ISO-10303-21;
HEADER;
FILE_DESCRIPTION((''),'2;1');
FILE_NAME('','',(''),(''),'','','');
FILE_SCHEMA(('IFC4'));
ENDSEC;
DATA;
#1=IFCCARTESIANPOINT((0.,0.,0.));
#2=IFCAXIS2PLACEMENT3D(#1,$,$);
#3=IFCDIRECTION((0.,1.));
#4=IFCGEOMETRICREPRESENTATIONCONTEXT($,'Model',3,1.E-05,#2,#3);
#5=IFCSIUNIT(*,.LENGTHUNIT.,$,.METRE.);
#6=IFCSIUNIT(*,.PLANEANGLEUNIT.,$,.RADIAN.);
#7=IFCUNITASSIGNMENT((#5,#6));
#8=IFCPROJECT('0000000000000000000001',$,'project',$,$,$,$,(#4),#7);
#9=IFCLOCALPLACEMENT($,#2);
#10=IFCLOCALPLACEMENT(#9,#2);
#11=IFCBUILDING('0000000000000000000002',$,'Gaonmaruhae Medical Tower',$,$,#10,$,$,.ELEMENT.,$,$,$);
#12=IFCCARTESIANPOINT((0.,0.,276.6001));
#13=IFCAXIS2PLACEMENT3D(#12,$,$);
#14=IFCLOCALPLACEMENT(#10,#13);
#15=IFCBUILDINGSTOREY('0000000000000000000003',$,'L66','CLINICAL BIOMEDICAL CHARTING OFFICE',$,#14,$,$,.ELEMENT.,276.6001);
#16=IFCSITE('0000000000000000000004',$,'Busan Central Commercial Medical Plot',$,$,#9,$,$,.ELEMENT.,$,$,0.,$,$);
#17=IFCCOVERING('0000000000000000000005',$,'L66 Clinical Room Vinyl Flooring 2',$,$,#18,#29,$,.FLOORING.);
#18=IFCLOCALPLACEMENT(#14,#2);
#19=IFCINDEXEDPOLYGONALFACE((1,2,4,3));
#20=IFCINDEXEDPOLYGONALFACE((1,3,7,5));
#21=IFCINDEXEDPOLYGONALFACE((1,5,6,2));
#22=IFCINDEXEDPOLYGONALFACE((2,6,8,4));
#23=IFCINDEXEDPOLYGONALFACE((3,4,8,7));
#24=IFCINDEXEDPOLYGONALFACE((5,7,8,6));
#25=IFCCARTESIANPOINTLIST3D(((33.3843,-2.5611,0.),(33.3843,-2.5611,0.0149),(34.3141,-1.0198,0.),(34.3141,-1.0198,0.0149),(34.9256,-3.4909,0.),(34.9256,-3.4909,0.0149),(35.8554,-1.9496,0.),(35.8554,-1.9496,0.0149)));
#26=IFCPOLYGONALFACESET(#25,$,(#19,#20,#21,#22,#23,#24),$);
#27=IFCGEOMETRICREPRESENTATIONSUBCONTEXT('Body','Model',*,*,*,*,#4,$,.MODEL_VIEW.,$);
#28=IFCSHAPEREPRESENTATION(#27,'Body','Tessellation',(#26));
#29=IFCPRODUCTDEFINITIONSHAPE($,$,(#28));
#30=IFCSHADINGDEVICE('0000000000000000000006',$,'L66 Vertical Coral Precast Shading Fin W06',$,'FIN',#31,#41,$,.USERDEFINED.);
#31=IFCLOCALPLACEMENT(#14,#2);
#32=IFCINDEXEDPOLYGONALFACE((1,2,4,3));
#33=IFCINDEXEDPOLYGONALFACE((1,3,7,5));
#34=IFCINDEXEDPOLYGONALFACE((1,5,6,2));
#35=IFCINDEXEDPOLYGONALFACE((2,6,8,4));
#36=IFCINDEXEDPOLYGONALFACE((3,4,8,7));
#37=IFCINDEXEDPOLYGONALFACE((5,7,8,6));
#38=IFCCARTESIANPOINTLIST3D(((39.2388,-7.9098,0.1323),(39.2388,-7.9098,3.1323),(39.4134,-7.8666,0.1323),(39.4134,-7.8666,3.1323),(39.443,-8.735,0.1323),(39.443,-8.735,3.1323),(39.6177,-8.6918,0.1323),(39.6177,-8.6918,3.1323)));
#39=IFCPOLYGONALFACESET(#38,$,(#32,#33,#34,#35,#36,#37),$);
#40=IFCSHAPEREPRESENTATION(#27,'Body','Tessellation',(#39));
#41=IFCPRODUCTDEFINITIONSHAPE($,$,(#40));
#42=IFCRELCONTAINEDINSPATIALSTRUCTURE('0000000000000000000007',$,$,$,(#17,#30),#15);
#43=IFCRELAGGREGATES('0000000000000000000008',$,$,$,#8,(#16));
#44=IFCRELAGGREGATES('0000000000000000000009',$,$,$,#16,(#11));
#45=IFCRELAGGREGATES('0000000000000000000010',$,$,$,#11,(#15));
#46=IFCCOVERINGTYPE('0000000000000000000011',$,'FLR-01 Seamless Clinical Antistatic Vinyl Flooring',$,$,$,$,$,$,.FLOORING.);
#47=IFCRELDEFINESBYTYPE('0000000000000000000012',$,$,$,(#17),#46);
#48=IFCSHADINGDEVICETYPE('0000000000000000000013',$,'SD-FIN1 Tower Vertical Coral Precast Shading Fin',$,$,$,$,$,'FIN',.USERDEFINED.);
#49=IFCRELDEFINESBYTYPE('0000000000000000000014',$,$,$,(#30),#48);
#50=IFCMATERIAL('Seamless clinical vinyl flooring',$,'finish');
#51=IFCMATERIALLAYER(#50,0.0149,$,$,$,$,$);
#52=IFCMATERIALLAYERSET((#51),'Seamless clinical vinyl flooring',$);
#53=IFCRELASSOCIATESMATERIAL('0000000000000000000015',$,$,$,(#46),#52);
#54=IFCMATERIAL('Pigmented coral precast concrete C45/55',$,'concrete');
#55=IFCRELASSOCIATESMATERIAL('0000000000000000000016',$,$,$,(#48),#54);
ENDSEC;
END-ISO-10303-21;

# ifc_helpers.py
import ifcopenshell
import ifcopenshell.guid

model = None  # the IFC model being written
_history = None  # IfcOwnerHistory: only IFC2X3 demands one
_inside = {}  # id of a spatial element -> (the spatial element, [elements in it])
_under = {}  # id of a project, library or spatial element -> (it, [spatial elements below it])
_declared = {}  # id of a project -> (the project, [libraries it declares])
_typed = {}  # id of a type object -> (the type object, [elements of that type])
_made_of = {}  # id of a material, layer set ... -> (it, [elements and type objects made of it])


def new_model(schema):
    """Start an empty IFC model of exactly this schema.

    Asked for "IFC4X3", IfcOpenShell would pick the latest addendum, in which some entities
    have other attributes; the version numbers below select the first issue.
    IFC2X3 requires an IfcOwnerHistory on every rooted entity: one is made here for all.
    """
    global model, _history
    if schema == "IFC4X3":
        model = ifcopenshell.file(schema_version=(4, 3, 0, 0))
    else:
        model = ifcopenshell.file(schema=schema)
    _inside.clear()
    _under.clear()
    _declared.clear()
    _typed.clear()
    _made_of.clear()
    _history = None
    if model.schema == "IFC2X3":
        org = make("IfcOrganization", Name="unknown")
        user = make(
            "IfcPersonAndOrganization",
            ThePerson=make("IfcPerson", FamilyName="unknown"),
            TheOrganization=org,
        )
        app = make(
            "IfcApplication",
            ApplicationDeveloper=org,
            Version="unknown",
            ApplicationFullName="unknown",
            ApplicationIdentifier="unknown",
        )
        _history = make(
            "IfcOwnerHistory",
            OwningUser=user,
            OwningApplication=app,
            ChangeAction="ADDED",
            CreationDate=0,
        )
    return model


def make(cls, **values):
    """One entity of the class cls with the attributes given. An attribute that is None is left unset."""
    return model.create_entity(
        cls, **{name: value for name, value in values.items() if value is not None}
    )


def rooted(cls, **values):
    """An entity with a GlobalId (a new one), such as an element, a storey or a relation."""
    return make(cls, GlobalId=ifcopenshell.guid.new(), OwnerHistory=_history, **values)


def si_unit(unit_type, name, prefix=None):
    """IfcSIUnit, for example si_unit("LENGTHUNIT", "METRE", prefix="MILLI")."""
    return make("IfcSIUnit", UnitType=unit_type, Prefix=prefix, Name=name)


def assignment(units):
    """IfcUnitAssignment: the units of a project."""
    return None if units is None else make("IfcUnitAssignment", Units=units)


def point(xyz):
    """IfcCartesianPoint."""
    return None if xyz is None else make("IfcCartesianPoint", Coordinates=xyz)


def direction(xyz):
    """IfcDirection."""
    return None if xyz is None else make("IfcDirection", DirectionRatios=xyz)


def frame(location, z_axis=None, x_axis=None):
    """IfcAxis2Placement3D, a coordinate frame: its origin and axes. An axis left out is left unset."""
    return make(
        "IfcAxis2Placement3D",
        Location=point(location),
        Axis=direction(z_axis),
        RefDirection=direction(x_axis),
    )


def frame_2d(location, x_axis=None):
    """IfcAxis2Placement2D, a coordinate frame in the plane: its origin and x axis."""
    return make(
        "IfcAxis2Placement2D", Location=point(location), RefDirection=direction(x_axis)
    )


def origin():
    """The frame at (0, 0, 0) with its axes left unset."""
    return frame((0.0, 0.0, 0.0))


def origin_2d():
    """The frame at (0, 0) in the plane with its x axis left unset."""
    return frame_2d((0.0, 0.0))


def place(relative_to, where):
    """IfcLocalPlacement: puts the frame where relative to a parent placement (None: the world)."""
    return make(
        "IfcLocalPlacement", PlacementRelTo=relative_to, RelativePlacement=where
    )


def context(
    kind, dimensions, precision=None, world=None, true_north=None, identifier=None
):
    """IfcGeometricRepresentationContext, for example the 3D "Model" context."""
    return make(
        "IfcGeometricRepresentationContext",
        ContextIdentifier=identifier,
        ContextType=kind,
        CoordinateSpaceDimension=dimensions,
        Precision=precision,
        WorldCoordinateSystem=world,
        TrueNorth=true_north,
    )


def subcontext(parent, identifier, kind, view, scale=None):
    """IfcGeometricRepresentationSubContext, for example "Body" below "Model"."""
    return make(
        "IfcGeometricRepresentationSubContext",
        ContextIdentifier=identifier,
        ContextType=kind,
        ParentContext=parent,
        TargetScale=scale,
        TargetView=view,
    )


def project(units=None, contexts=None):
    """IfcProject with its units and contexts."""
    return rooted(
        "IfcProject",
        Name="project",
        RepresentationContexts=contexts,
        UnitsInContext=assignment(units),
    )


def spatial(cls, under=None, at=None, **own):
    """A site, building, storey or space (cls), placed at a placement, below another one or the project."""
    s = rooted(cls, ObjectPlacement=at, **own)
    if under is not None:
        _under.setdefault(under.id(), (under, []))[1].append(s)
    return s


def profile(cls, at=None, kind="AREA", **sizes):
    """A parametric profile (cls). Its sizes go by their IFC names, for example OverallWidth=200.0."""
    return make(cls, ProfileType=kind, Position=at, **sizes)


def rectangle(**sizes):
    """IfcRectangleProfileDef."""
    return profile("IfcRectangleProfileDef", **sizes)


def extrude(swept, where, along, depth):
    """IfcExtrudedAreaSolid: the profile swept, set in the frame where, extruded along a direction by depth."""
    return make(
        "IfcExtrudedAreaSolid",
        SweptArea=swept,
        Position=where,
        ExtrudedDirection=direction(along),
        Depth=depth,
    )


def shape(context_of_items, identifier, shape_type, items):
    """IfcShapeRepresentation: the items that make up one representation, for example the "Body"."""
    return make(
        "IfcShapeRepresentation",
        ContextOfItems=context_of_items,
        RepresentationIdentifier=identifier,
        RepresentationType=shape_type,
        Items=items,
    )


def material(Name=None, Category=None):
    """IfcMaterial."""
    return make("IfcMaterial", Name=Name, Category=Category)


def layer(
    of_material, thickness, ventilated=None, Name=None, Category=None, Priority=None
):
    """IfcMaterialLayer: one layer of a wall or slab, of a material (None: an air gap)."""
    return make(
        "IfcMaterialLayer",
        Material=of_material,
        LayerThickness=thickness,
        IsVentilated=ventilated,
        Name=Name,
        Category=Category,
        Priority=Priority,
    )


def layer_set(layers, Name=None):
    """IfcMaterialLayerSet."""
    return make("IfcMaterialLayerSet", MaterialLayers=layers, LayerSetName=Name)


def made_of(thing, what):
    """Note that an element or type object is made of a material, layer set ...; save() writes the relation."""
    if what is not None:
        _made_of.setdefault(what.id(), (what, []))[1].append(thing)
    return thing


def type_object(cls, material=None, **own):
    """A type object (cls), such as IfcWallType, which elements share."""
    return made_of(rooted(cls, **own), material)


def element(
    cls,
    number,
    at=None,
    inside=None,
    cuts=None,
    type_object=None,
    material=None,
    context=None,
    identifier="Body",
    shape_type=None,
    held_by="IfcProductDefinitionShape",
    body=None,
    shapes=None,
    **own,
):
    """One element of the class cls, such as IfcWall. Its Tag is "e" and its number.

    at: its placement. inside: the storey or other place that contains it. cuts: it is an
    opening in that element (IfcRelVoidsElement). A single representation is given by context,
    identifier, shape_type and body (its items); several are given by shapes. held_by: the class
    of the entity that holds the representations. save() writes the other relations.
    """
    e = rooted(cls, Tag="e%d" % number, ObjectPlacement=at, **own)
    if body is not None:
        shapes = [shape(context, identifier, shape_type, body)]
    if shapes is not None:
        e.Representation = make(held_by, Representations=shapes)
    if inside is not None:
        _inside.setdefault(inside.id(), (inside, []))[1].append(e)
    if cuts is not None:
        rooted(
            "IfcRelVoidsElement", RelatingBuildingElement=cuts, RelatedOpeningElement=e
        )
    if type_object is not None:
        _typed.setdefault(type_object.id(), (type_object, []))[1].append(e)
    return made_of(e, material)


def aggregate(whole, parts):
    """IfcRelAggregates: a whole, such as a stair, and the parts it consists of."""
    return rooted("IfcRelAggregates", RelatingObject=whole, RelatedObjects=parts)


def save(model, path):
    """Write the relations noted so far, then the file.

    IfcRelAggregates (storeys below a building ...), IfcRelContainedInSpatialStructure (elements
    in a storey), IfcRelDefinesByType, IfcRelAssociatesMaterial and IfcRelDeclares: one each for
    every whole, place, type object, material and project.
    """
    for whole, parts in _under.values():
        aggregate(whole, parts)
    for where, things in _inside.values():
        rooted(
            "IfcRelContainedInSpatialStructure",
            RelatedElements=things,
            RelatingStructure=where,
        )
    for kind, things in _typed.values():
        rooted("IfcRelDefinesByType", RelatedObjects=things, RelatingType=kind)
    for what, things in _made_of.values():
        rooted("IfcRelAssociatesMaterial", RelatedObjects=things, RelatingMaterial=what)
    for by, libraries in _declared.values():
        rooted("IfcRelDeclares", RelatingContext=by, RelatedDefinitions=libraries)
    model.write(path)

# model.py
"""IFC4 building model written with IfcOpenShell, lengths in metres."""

from ifc_helpers import new_model, si_unit, direction, frame, origin, origin_2d, place, context, subcontext, project, spatial, rectangle, extrude, material, layer, layer_set, type_object, element, save


model = new_model("IFC4")

# Units and contexts
model_context = context("Model", 3, precision=1e-05, world=origin(), true_north=direction((0.0, 1.0)))
body_context = subcontext(model_context, "Body", "Model", "MODEL_VIEW")
ifc_project = project(units=[si_unit("LENGTHUNIT", "METRE"), si_unit("PLANEANGLEUNIT", "RADIAN")], contexts=[model_context])

# Site, building, storey
site_placement = place(None, origin())
site = spatial("IfcSite", under=ifc_project, at=site_placement, Name="Busan Central Commercial Medical Plot", CompositionType="ELEMENT", RefElevation=0.0)
building_placement = place(site_placement, origin())
building = spatial("IfcBuilding", under=site, at=building_placement, Name="Gaonmaruhae Medical Tower", CompositionType="ELEMENT")
storey_placement = place(building_placement, frame((0.0, 0.0, 276.6001)))
storey = spatial("IfcBuildingStorey", under=building, at=storey_placement, Name="L66", Description="CLINICAL BIOMEDICAL CHARTING OFFICE", CompositionType="ELEMENT", Elevation=276.6001)

# Covering
ifc_material_1 = material(Name="Seamless clinical vinyl flooring", Category="finish")
ifc_layer_1 = layer(ifc_material_1, 0.0149)
ifc_layer_set_1 = layer_set([ifc_layer_1], Name="Seamless clinical vinyl flooring")
covering_type_1 = type_object("IfcCoveringType", Name="FLR-01 Seamless Clinical Antistatic Vinyl Flooring", PredefinedType="FLOORING", material=ifc_layer_set_1)
covering_1_placement = place(storey_placement, frame((34.6199, -2.2554, 0.0), z_axis=(0.0, 0.0, 1.0), x_axis=(0.516533, 0.856267, 0.0)))
element("IfcCovering", 1, at=covering_1_placement, inside=storey, type_object=covering_type_1, Name="L66 Clinical Room Vinyl Flooring 2", PredefinedType="FLOORING", context=body_context, shape_type="SweptSolid", body=[
    extrude(rectangle(XDim=1.8, YDim=1.8, at=origin_2d()), origin(), (0.0, 0.0, 1.0), 0.0149),
])

# Shading device
ifc_material_2 = material(Name="Pigmented coral precast concrete C45/55", Category="concrete")
shading_device_type = type_object("IfcShadingDeviceType", Name="SD-FIN1 Tower Vertical Coral Precast Shading Fin", ElementType="FIN", PredefinedType="USERDEFINED", material=ifc_material_2)
shading_device_placement = place(storey_placement, frame((39.4282, -8.3008, 0.1323), z_axis=(0.0, 0.0, 1.0), x_axis=(-0.970716, -0.240228, 0.0)))
element("IfcShadingDevice", 2, at=shading_device_placement, inside=storey, type_object=shading_device_type, Name="L66 Vertical Coral Precast Shading Fin W06", ObjectType="FIN", PredefinedType="USERDEFINED", context=body_context, shape_type="SweptSolid", body=[
    extrude(rectangle(XDim=0.1799, YDim=0.8501, at=origin_2d()), origin(), (0.0, 0.0, 1.0), 3.0),
])

save(model, "model.ifc")
